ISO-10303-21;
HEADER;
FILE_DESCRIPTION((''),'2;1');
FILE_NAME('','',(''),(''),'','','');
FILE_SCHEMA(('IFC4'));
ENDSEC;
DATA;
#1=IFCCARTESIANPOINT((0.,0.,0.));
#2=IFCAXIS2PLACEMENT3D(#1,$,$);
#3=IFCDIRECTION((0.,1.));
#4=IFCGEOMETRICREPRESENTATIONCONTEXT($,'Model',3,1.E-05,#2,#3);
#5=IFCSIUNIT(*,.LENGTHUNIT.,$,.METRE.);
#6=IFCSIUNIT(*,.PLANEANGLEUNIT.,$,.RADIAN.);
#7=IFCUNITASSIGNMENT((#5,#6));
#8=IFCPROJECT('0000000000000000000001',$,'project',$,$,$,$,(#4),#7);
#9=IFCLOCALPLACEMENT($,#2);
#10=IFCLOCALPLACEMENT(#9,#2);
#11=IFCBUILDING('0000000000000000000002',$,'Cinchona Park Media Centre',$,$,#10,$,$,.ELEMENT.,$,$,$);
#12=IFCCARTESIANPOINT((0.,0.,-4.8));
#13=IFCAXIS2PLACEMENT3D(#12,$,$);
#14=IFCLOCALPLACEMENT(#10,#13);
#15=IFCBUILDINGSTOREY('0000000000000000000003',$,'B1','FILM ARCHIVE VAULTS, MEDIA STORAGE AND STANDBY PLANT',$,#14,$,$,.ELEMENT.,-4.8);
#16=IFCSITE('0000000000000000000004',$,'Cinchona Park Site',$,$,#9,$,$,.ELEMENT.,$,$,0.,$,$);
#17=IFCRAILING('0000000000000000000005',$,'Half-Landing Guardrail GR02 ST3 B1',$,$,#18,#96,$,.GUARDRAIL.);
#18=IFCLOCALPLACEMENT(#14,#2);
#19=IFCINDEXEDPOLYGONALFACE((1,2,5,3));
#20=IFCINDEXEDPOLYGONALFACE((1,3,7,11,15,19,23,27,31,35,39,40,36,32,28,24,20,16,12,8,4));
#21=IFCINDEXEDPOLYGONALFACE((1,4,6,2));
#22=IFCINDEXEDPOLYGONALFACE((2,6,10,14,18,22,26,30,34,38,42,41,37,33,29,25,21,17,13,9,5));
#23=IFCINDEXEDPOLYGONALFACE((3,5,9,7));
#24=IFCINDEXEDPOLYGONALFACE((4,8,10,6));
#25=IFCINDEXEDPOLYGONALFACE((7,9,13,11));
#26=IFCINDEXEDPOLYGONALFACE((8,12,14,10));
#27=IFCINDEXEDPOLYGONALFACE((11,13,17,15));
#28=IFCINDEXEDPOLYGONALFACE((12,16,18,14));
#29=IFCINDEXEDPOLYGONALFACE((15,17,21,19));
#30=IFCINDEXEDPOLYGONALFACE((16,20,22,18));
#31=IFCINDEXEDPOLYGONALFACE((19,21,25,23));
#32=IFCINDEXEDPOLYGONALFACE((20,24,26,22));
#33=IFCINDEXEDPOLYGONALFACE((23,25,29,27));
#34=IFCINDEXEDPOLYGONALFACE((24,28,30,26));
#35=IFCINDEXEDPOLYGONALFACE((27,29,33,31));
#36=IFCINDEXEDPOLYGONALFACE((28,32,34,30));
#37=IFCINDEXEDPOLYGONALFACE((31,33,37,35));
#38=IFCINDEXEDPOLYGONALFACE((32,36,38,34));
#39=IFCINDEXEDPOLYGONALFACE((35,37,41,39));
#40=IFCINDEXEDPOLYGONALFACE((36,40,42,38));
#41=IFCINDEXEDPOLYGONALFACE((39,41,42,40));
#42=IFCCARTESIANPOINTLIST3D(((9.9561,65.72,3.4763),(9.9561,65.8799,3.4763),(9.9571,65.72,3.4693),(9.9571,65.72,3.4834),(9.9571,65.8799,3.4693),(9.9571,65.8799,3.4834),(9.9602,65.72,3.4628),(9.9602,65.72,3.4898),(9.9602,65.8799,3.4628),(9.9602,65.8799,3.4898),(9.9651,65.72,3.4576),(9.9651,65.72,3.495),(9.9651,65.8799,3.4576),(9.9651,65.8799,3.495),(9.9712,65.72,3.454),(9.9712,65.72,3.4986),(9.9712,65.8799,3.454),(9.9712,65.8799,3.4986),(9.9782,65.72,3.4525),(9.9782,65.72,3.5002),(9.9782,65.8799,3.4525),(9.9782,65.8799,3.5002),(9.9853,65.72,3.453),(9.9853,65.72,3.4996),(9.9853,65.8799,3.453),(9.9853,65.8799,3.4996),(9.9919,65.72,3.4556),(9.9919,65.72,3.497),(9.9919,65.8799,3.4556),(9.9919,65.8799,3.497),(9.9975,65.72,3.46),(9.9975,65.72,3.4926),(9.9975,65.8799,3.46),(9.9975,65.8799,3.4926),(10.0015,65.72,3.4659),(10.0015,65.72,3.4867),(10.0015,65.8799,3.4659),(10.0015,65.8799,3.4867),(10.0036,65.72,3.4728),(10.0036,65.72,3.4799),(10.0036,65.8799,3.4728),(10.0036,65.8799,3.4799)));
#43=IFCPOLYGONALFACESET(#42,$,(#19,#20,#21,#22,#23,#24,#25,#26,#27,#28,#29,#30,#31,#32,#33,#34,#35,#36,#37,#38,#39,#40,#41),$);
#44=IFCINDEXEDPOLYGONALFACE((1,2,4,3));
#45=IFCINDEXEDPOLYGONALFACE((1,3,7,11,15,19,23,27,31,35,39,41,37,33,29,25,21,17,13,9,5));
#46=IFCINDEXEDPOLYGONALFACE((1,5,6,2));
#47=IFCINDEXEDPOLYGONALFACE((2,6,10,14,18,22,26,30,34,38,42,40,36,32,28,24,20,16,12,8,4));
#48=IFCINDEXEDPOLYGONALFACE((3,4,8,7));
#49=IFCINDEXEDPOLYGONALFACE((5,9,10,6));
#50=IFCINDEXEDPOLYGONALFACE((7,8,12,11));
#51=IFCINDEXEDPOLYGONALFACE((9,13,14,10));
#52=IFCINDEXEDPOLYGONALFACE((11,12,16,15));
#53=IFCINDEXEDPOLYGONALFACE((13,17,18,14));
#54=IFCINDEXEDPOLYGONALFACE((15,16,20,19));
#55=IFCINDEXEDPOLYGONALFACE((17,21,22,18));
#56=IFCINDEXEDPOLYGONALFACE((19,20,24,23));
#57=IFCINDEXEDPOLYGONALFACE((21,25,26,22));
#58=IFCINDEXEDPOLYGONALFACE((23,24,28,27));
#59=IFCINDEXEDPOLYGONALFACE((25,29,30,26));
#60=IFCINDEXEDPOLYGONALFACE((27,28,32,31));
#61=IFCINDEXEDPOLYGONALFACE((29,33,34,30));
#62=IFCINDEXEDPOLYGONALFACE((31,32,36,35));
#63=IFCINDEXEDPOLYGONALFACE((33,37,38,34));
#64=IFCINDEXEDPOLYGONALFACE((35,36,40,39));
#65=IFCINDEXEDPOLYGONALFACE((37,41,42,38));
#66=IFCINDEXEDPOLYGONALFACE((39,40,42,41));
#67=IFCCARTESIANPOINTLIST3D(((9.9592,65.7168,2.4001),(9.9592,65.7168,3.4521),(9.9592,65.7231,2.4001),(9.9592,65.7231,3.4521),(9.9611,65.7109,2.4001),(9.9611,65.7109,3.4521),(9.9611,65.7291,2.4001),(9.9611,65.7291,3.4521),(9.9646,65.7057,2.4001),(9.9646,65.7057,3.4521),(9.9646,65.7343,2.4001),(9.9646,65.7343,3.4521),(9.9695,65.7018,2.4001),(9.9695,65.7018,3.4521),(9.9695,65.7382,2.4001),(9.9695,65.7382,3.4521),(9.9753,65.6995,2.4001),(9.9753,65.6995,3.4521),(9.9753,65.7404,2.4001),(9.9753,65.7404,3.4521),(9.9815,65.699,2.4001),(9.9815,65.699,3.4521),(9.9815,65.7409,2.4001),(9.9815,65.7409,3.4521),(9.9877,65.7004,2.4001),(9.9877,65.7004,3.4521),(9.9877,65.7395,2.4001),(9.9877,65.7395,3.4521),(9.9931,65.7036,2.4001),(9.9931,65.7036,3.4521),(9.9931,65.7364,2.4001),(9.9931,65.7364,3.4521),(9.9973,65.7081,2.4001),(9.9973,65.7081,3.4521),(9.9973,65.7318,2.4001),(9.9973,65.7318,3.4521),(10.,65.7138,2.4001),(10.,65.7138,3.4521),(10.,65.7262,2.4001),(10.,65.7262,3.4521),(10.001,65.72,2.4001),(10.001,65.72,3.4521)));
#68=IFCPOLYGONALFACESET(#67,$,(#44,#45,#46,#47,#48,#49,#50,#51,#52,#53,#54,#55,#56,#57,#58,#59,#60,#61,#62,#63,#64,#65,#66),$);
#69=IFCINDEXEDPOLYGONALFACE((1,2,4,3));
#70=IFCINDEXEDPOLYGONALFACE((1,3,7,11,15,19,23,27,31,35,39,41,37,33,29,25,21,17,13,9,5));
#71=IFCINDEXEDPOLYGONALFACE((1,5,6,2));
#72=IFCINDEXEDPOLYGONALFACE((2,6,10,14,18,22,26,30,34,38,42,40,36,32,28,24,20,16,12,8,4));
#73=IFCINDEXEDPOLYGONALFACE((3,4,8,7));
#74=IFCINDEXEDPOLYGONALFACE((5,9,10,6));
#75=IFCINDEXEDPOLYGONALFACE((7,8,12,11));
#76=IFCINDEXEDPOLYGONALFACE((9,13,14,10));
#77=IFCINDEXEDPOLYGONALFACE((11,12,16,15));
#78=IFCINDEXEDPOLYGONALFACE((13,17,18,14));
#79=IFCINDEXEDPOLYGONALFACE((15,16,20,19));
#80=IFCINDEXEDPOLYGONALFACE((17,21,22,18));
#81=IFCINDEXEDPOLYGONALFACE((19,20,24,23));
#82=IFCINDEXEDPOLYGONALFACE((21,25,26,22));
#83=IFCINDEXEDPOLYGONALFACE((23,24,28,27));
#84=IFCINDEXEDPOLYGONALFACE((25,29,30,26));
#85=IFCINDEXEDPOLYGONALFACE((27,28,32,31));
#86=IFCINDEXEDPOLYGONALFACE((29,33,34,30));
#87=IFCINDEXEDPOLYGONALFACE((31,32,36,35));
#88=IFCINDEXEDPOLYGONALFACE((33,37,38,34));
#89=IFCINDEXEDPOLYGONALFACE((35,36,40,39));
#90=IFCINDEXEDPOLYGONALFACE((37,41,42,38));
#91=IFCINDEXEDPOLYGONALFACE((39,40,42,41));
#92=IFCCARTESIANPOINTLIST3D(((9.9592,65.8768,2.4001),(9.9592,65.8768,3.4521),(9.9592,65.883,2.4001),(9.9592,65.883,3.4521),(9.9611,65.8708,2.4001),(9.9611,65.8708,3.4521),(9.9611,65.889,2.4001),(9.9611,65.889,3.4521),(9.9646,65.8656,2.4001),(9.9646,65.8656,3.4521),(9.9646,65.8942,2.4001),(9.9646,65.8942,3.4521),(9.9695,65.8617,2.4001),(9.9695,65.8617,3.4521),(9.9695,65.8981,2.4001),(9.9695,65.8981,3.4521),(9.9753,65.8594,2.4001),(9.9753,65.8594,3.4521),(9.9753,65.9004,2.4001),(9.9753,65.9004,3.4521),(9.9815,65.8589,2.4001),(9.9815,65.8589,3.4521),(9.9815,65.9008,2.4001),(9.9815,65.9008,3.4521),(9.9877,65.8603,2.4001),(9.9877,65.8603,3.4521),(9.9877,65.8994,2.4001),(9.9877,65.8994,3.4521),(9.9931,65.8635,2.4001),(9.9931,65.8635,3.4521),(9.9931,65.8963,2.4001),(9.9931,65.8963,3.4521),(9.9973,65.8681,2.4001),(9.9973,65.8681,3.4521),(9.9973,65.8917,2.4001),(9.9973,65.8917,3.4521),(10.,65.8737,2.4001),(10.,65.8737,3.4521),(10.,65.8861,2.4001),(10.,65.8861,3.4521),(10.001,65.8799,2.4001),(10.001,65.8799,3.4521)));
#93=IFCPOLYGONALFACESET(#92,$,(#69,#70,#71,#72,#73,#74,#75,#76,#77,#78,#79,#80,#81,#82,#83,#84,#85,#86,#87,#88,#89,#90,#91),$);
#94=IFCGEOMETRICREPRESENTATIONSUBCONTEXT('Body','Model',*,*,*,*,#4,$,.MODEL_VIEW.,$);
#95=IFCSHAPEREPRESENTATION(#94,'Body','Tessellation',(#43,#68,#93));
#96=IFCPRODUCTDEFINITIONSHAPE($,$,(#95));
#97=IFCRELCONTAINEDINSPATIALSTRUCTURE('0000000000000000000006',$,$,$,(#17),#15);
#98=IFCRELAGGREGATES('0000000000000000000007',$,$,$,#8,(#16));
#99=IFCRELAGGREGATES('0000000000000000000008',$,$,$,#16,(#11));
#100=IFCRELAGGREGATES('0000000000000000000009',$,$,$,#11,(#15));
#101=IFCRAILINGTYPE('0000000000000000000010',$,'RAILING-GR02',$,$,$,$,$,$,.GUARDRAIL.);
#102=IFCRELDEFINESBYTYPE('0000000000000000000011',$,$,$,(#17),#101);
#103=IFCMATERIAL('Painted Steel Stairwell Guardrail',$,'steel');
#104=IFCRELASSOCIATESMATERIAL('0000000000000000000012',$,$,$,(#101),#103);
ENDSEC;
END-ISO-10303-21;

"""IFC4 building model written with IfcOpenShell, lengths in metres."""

from ifc_helpers import new_model, si_unit, direction, frame, origin, origin_2d, place, context, subcontext, project, spatial, circle, extrude, material, type_object, element, save


model = new_model("IFC4")

# Units and contexts
model_context = context("Model", 3, precision=1e-05, world=origin(), true_north=direction((0.0, 1.0)))
body_context = subcontext(model_context, "Body", "Model", "MODEL_VIEW")
ifc_project = project(units=[si_unit("LENGTHUNIT", "METRE"), si_unit("PLANEANGLEUNIT", "RADIAN")], contexts=[model_context])

# Site, building, storey
site_placement = place(None, origin())
site = spatial("IfcSite", under=ifc_project, at=site_placement, Name="Cinchona Park Site", CompositionType="ELEMENT", RefElevation=0.0)
building_placement = place(site_placement, origin())
building = spatial("IfcBuilding", under=site, at=building_placement, Name="Cinchona Park Media Centre", CompositionType="ELEMENT")
storey_placement = place(building_placement, frame((0.0, 0.0, -4.8)))
storey = spatial("IfcBuildingStorey", under=building, at=storey_placement, Name="B1", Description="FILM ARCHIVE VAULTS, MEDIA STORAGE AND STANDBY PLANT", CompositionType="ELEMENT", Elevation=-4.8)

# Railing
ifc_material_1 = material(Name="Painted Steel Stairwell Guardrail", Category="steel")
railing_type_1 = type_object("IfcRailingType", Name="RAILING-GR02", PredefinedType="GUARDRAIL", material=ifc_material_1)
railing_1_placement = place(storey_placement, frame((9.98, 65.72, 2.4001)))
element("IfcRailing", 1, at=railing_1_placement, inside=storey, type_object=railing_type_1, Name="Half-Landing Guardrail GR02 ST3 B1", PredefinedType="GUARDRAIL", context=body_context, shape_type="SweptSolid", body=[
    extrude(circle(Radius=0.0239, at=origin_2d()), frame((0.0, 0.0, 1.0762), z_axis=(0.0, 1.0, 0.0), x_axis=(-1.0, 0.0, 0.0)), (0.0, 0.0, 1.0), 0.1599),
    extrude(circle(Radius=0.021, at=origin_2d()), origin(), (0.0, 0.0, 1.0), 1.052),
    extrude(circle(Radius=0.021, at=origin_2d()), frame((0.0, 0.1599, 0.0)), (0.0, 0.0, 1.0), 1.052),
])

save(model, "model.ifc")
